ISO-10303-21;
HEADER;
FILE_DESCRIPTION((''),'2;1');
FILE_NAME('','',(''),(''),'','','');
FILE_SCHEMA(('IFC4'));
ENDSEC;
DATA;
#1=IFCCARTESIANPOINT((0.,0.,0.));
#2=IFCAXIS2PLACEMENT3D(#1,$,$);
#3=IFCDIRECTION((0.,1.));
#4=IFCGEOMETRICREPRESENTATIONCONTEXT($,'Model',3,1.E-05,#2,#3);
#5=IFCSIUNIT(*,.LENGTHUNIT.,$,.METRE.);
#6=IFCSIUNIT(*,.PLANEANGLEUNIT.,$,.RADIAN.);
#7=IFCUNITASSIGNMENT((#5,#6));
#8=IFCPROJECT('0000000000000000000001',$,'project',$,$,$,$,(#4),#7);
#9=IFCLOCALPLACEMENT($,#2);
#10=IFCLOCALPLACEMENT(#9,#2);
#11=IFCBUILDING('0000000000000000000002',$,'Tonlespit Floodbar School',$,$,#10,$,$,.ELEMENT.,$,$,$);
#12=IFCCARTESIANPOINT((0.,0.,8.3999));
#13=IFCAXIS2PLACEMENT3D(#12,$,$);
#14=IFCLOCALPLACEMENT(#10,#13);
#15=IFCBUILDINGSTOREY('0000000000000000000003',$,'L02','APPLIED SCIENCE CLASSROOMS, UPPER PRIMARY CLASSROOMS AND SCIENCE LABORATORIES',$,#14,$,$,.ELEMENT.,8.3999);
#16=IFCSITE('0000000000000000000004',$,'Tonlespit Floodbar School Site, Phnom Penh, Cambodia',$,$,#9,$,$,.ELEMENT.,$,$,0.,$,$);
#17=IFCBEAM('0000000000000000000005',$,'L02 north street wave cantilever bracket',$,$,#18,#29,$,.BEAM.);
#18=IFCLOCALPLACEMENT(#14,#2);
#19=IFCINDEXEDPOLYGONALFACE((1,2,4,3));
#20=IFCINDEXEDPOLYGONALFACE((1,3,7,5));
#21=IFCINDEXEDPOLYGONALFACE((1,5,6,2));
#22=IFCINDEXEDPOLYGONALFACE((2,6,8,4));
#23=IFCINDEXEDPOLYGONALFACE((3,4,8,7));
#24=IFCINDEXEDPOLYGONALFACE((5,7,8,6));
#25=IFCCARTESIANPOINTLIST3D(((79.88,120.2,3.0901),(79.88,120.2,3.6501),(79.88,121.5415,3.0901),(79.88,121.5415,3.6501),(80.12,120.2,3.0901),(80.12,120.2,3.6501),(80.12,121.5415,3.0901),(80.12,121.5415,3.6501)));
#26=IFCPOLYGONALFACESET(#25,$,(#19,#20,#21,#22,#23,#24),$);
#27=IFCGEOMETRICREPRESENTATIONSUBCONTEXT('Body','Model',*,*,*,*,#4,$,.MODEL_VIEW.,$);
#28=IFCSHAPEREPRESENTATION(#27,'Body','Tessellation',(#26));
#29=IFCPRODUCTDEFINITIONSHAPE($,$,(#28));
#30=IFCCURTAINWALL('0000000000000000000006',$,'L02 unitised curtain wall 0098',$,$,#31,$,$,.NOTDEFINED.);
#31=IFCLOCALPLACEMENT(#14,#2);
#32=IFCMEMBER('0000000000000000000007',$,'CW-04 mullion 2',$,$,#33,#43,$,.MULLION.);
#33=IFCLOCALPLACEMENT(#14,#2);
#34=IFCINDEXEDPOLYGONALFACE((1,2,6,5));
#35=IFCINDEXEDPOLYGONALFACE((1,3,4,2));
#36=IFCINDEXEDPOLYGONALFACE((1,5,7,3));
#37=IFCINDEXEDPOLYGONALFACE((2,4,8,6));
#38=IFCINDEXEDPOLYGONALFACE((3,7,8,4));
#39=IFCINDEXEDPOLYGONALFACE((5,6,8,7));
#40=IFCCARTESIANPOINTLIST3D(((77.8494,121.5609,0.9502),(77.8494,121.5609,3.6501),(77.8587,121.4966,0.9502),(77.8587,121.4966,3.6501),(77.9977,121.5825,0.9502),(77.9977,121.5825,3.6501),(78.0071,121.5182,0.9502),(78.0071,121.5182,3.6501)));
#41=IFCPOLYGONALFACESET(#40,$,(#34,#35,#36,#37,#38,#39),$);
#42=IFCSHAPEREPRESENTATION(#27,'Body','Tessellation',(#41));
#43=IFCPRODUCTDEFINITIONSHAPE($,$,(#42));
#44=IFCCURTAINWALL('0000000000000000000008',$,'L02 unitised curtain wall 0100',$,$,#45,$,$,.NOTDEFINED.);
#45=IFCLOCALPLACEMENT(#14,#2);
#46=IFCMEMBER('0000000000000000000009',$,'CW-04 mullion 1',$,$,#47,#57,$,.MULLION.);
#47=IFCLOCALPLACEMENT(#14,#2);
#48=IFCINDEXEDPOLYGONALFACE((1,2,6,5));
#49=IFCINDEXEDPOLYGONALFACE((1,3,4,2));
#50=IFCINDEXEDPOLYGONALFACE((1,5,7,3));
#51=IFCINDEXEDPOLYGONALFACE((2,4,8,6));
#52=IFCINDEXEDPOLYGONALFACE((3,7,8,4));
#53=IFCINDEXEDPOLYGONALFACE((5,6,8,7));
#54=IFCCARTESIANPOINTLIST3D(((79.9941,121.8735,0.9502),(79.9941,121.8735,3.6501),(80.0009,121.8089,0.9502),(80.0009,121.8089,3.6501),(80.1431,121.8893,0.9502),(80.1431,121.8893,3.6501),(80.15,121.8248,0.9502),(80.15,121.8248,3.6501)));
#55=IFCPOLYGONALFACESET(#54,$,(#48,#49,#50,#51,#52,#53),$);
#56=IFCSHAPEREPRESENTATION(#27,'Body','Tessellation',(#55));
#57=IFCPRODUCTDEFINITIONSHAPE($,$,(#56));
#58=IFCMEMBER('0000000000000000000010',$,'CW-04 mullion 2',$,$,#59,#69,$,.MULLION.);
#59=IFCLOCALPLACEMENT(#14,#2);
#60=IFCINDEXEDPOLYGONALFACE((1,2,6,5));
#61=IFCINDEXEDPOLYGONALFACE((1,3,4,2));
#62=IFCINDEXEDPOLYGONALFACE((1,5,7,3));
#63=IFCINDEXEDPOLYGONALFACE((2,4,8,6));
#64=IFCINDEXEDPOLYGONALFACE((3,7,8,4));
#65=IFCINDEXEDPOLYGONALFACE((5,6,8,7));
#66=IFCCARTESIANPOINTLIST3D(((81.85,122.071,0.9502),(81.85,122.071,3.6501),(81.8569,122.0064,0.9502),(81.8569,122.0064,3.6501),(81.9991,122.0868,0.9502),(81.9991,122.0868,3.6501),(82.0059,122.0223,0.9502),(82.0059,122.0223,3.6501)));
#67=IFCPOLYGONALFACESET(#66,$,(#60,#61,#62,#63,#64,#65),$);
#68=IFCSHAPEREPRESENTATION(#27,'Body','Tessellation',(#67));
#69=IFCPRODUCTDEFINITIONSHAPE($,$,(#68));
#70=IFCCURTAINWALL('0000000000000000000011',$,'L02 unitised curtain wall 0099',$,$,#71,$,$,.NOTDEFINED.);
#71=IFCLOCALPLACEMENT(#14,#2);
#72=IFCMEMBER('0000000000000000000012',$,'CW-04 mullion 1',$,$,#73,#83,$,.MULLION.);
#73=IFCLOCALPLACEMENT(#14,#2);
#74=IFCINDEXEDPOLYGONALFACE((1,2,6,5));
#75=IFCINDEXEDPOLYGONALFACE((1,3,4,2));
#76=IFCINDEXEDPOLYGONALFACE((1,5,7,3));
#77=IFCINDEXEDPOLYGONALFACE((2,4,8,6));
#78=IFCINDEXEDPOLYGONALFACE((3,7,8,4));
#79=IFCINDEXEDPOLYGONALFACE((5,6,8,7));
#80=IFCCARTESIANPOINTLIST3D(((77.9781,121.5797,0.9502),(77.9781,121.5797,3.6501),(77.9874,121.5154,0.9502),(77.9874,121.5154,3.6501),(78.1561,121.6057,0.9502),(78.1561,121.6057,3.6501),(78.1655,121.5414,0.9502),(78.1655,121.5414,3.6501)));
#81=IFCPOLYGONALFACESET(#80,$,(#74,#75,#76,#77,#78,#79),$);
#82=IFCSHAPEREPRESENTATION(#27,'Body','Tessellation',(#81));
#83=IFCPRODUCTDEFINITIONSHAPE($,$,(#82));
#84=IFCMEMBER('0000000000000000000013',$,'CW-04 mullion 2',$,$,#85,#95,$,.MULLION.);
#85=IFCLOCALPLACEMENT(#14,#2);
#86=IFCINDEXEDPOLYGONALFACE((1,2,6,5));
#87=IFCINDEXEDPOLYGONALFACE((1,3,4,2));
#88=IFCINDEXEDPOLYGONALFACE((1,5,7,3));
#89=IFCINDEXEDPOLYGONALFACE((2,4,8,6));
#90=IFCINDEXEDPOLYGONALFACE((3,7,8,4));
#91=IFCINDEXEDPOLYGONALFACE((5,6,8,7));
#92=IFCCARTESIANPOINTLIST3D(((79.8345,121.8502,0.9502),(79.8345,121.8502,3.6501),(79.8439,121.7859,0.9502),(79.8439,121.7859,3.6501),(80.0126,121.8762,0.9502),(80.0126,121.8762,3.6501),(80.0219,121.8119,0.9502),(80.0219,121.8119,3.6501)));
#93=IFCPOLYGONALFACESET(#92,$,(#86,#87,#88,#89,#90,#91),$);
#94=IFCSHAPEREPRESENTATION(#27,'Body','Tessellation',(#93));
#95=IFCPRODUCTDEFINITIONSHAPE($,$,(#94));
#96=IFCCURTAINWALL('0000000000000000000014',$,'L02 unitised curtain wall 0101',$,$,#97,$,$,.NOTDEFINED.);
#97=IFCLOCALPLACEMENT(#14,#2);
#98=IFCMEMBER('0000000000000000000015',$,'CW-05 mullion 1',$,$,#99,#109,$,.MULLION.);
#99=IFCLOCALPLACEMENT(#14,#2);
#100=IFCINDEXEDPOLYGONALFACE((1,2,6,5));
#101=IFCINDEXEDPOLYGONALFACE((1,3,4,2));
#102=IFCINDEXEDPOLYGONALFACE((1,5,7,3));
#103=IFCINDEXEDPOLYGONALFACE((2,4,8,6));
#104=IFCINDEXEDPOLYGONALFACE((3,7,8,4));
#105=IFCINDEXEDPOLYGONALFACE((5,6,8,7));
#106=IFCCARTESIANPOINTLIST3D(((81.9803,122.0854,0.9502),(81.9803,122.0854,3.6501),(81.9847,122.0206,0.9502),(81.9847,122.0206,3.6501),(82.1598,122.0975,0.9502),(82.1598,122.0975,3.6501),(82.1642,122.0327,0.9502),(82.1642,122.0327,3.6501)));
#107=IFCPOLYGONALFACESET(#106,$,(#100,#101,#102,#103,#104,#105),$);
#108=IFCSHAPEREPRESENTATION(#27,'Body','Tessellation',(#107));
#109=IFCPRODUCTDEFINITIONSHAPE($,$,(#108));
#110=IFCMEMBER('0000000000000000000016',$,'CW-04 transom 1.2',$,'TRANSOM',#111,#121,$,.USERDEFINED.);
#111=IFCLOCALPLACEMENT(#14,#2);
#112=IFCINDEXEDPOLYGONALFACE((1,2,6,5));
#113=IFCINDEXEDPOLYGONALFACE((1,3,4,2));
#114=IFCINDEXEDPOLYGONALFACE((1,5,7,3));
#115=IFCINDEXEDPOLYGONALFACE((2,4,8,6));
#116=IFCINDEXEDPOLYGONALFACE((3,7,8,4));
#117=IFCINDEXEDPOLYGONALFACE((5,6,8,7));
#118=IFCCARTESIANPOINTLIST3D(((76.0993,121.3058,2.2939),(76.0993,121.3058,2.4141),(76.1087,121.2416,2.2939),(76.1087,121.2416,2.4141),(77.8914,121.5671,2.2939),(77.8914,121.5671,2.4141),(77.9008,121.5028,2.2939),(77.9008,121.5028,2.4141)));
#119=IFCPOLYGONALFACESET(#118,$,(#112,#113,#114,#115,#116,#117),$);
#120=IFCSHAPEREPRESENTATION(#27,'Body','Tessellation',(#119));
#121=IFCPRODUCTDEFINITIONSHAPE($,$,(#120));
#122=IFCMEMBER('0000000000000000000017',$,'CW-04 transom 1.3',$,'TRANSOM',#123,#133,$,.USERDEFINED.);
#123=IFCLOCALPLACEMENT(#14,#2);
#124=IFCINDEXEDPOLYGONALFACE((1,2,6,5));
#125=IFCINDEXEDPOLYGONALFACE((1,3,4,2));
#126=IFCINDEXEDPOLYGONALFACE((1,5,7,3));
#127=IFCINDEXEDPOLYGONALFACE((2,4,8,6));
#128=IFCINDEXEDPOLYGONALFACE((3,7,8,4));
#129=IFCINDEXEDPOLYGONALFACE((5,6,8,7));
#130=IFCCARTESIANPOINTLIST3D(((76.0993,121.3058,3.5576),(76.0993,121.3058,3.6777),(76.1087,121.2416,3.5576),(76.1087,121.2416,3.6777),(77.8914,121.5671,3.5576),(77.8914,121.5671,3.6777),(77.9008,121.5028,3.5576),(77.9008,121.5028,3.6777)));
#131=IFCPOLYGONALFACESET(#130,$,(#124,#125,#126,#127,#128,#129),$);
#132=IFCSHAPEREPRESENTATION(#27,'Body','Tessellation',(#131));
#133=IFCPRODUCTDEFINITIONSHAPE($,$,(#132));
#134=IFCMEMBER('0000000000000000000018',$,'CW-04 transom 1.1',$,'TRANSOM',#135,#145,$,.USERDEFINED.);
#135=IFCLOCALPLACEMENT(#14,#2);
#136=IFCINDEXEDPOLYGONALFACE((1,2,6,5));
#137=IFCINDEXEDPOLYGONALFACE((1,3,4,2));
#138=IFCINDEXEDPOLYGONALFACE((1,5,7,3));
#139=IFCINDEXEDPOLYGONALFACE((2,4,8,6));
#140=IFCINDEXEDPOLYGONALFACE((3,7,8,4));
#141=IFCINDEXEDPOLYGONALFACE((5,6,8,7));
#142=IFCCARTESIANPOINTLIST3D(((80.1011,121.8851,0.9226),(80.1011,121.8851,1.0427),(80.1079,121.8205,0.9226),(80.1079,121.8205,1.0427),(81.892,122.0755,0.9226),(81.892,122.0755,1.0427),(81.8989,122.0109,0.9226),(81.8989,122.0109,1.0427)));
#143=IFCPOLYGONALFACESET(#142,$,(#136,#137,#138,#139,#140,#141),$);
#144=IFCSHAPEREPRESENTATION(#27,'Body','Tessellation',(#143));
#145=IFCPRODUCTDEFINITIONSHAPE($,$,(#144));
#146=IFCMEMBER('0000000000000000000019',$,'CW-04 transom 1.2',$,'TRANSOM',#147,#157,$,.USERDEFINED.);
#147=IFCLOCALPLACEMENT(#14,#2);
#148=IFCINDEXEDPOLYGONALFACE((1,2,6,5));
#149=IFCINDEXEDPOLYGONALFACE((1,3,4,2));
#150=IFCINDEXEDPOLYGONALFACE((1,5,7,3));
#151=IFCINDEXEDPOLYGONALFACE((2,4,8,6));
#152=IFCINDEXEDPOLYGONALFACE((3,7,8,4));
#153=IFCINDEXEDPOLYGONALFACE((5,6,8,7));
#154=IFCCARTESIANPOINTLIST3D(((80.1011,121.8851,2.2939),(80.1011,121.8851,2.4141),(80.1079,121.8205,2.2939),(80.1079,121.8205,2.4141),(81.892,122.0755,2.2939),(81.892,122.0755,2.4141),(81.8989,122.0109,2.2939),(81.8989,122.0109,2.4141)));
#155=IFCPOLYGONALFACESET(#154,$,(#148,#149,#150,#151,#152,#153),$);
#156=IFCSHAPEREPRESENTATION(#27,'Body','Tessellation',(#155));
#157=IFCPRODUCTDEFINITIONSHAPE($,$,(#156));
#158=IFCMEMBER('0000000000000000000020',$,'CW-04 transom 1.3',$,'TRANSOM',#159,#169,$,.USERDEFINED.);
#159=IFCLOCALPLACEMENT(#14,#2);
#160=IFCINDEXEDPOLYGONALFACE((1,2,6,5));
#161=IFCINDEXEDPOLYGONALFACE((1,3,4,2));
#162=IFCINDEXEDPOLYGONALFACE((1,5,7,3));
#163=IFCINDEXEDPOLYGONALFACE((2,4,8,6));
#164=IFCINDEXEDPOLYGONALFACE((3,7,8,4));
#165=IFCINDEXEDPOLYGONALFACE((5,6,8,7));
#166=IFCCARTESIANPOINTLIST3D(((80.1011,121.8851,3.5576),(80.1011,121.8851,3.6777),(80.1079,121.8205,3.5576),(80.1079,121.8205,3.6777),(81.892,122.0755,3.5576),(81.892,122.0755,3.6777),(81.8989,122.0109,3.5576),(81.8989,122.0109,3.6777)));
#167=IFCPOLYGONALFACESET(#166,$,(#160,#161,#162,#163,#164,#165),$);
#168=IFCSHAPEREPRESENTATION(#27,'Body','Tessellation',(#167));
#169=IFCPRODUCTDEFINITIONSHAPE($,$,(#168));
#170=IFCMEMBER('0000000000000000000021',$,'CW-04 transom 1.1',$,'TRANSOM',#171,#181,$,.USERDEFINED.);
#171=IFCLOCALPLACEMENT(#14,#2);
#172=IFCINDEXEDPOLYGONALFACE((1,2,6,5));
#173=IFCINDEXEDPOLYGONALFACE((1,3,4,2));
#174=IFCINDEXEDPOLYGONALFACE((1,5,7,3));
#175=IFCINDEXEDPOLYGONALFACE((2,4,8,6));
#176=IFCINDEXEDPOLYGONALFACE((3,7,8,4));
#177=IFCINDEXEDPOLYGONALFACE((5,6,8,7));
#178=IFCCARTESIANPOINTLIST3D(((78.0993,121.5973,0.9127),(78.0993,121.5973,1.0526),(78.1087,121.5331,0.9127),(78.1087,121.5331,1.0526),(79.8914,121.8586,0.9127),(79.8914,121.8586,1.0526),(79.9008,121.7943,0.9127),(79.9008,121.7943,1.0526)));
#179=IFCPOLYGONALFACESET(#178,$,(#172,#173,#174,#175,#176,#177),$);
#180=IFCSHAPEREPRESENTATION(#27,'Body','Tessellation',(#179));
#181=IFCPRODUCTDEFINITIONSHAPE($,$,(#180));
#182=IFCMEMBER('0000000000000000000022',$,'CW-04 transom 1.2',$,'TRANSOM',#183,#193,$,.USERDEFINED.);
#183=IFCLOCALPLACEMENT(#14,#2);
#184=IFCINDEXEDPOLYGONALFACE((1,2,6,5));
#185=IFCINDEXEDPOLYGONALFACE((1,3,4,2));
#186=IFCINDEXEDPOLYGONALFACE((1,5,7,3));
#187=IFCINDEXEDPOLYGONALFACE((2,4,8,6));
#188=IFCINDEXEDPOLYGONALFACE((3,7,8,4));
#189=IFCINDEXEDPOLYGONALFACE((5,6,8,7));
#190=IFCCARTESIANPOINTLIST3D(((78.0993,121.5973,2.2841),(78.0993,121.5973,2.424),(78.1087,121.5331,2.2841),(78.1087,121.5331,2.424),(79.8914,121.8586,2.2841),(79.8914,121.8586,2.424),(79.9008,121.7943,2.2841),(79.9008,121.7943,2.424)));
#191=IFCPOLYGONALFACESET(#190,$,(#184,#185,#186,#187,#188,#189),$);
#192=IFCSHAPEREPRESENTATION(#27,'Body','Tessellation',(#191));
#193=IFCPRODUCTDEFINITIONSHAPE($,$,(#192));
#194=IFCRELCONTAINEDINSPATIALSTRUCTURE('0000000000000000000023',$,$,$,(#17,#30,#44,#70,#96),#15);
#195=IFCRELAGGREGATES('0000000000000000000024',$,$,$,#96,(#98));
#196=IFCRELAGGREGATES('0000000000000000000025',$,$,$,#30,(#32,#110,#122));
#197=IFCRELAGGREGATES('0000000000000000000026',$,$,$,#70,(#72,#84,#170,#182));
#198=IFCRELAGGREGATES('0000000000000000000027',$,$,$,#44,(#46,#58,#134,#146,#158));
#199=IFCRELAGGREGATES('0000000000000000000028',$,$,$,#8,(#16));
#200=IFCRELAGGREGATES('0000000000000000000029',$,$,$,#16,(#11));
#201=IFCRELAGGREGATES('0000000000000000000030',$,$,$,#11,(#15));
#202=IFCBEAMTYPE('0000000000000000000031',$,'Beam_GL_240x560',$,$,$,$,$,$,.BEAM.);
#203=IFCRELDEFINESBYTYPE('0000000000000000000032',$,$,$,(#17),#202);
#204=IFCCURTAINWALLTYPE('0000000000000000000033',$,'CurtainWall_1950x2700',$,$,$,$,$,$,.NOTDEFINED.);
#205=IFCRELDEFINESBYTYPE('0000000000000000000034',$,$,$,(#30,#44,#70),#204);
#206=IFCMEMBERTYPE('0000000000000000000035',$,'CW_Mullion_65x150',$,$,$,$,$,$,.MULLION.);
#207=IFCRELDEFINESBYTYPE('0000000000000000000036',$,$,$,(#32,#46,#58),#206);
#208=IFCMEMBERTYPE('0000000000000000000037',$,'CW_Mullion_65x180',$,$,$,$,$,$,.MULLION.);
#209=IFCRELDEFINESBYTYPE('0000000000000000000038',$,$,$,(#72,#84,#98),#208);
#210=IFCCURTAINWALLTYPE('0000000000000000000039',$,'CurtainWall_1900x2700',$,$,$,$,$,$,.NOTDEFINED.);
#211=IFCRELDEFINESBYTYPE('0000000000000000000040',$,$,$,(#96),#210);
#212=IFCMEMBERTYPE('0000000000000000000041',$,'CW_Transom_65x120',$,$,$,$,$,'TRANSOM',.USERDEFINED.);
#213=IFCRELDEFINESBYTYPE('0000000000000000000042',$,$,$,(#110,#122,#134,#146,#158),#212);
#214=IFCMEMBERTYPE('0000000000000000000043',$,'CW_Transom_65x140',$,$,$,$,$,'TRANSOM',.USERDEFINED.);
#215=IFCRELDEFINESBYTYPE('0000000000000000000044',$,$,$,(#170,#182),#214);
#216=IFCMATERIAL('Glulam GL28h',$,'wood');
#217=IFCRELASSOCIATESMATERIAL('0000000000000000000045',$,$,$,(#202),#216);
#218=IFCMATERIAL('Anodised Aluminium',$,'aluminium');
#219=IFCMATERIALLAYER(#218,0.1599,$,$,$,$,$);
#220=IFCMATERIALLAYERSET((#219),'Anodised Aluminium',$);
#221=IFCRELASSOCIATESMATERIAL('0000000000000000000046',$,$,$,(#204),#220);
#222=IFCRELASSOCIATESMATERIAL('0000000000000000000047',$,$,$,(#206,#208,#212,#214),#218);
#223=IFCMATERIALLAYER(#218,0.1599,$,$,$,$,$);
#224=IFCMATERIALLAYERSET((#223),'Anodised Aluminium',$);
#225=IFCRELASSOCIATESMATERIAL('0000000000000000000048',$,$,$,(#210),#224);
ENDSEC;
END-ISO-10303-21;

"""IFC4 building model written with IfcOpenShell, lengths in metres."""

from ifc_helpers import new_model, si_unit, direction, frame, origin, origin_2d, place, context, subcontext, project, spatial, rectangle, extrude, material, layer, layer_set, material_profile, profile_set, type_object, element, aggregate, save


model = new_model("IFC4")

# Units and contexts
model_context = context("Model", 3, precision=1e-05, world=origin(), true_north=direction((0.0, 1.0)))
body_context = subcontext(model_context, "Body", "Model", "MODEL_VIEW")
ifc_project = project(units=[si_unit("LENGTHUNIT", "METRE"), si_unit("PLANEANGLEUNIT", "RADIAN")], contexts=[model_context])

# Site, building, storey
site_placement = place(None, origin())
site = spatial("IfcSite", under=ifc_project, at=site_placement, Name="Tonlespit Floodbar School Site, Phnom Penh, Cambodia", CompositionType="ELEMENT", RefElevation=0.0)
building_placement = place(site_placement, origin())
building = spatial("IfcBuilding", under=site, at=building_placement, Name="Tonlespit Floodbar School", CompositionType="ELEMENT")
storey_placement = place(building_placement, frame((0.0, 0.0, 8.3999)))
storey = spatial("IfcBuildingStorey", under=building, at=storey_placement, Name="L02", Description="APPLIED SCIENCE CLASSROOMS, UPPER PRIMARY CLASSROOMS AND SCIENCE LABORATORIES", CompositionType="ELEMENT", Elevation=8.3999)

# Beam
ifc_material_1 = material(Name="Glulam GL28h", Category="wood")
ifc_material_profile_1 = material_profile(ifc_material_1, rectangle(XDim=0.24, YDim=0.5601, at=origin_2d()), Name="GL 240x560")
ifc_profile_set_1 = profile_set([ifc_material_profile_1], Name="Glulam GL28h")
beam_type_1 = type_object("IfcBeamType", Name="Beam_GL_240x560", PredefinedType="BEAM", material=ifc_profile_set_1)
beam_1_placement = place(storey_placement, frame((80.0, 120.2, 3.3701), z_axis=(0.0, 1.0, 0.0), x_axis=(-1.0, 0.0, 0.0)))
element("IfcBeam", 1, at=beam_1_placement, inside=storey, type_object=beam_type_1, Name="L02 north street wave cantilever bracket", PredefinedType="BEAM", context=body_context, shape_type="SweptSolid", body=[
    extrude(rectangle(XDim=0.24, YDim=0.5601, at=origin_2d()), origin(), (0.0, 0.0, 1.0), 1.3416),
])

# Curtain wall, member
ifc_material_2 = material(Name="Anodised Aluminium", Category="aluminium")
ifc_layer_1 = layer(ifc_material_2, 0.1599)
ifc_layer_set_1 = layer_set([ifc_layer_1], Name="Anodised Aluminium")
curtain_wall_type_1 = type_object("IfcCurtainWallType", Name="CurtainWall_1950x2700", PredefinedType="NOTDEFINED", material=ifc_layer_set_1)
curtain_wall_1_placement = place(storey_placement, origin())
curtain_wall_1 = element("IfcCurtainWall", 2, at=curtain_wall_1_placement, inside=storey, type_object=curtain_wall_type_1, Name="L02 unitised curtain wall 0098", PredefinedType="NOTDEFINED")
ifc_material_profile_2 = material_profile(ifc_material_2, rectangle(XDim=0.0649, YDim=0.1499, at=origin_2d()), Name="ALU M65x150")
ifc_profile_set_2 = profile_set([ifc_material_profile_2], Name="Anodised Aluminium")
member_type_1 = type_object("IfcMemberType", Name="CW_Mullion_65x150", PredefinedType="MULLION", material=ifc_profile_set_2)
member_1_placement = place(storey_placement, frame((77.9282, 121.5396, 0.9502), z_axis=(0.0, 0.0, 1.0), x_axis=(-0.144248, 0.989542, 0.0)))
member_1 = element("IfcMember", 3, at=member_1_placement, type_object=member_type_1, Name="CW-04 mullion 2", PredefinedType="MULLION", context=body_context, shape_type="SweptSolid", body=[
    extrude(rectangle(XDim=0.0649, YDim=0.1499, at=origin_2d()), origin(), (0.0, 0.0, 1.0), 2.7),
])

# Curtain walls, members
curtain_wall_2_placement = place(storey_placement, origin())
curtain_wall_2 = element("IfcCurtainWall", 4, at=curtain_wall_2_placement, inside=storey, type_object=curtain_wall_type_1, Name="L02 unitised curtain wall 0100", PredefinedType="NOTDEFINED")
member_2_placement = place(storey_placement, frame((80.072, 121.8491, 0.9502), z_axis=(0.0, 0.0, 1.0), x_axis=(-0.105787, 0.994389, 0.0)))
member_2 = element("IfcMember", 5, at=member_2_placement, type_object=member_type_1, Name="CW-04 mullion 1", PredefinedType="MULLION", context=body_context, shape_type="SweptSolid", body=[
    extrude(rectangle(XDim=0.0649, YDim=0.1499, at=origin_2d()), origin(), (0.0, 0.0, 1.0), 2.7),
])
member_3_placement = place(storey_placement, frame((81.928, 122.0466, 0.9502), z_axis=(0.0, 0.0, 1.0), x_axis=(-0.105787, 0.994389, 0.0)))
member_3 = element("IfcMember", 6, at=member_3_placement, type_object=member_type_1, Name="CW-04 mullion 2", PredefinedType="MULLION", context=body_context, shape_type="SweptSolid", body=[
    extrude(rectangle(XDim=0.0649, YDim=0.1499, at=origin_2d()), origin(), (0.0, 0.0, 1.0), 2.7),
])
curtain_wall_3_placement = place(storey_placement, origin())
curtain_wall_3 = element("IfcCurtainWall", 7, at=curtain_wall_3_placement, inside=storey, type_object=curtain_wall_type_1, Name="L02 unitised curtain wall 0099", PredefinedType="NOTDEFINED")
ifc_material_profile_3 = material_profile(ifc_material_2, rectangle(XDim=0.0649, YDim=0.1799, at=origin_2d()), Name="ALU M65x180")
ifc_profile_set_3 = profile_set([ifc_material_profile_3], Name="Anodised Aluminium")
member_type_2 = type_object("IfcMemberType", Name="CW_Mullion_65x180", PredefinedType="MULLION", material=ifc_profile_set_3)
member_4_placement = place(storey_placement, frame((78.0718, 121.5605, 0.9502), z_axis=(0.0, 0.0, 1.0), x_axis=(-0.144248, 0.989542, 0.0)))
member_4 = element("IfcMember", 8, at=member_4_placement, type_object=member_type_2, Name="CW-04 mullion 1", PredefinedType="MULLION", context=body_context, shape_type="SweptSolid", body=[
    extrude(rectangle(XDim=0.0649, YDim=0.1799, at=origin_2d()), origin(), (0.0, 0.0, 1.0), 2.7),
])
member_5_placement = place(storey_placement, frame((79.9282, 121.8311, 0.9502), z_axis=(0.0, 0.0, 1.0), x_axis=(-0.144248, 0.989542, 0.0)))
member_5 = element("IfcMember", 9, at=member_5_placement, type_object=member_type_2, Name="CW-04 mullion 2", PredefinedType="MULLION", context=body_context, shape_type="SweptSolid", body=[
    extrude(rectangle(XDim=0.0649, YDim=0.1799, at=origin_2d()), origin(), (0.0, 0.0, 1.0), 2.7),
])

# Curtain wall, member
ifc_layer_2 = layer(ifc_material_2, 0.1599)
ifc_layer_set_2 = layer_set([ifc_layer_2], Name="Anodised Aluminium")
curtain_wall_type_2 = type_object("IfcCurtainWallType", Name="CurtainWall_1900x2700", PredefinedType="NOTDEFINED", material=ifc_layer_set_2)
curtain_wall_4_placement = place(storey_placement, origin())
curtain_wall_4 = element("IfcCurtainWall", 10, at=curtain_wall_4_placement, inside=storey, type_object=curtain_wall_type_2, Name="L02 unitised curtain wall 0101", PredefinedType="NOTDEFINED")
member_6_placement = place(storey_placement, frame((82.0723, 122.0591, 0.9502), z_axis=(0.0, 0.0, 1.0), x_axis=(-0.06734, 0.99773, 0.0)))
member_6 = element("IfcMember", 11, at=member_6_placement, type_object=member_type_2, Name="CW-05 mullion 1", PredefinedType="MULLION", context=body_context, shape_type="SweptSolid", body=[
    extrude(rectangle(XDim=0.0649, YDim=0.1799, at=origin_2d()), origin(), (0.0, 0.0, 1.0), 2.7),
])

# Members
ifc_material_profile_4 = material_profile(ifc_material_2, rectangle(XDim=0.0649, YDim=0.1201, at=origin_2d()), Name="ALU T65x120")
ifc_profile_set_4 = profile_set([ifc_material_profile_4], Name="Anodised Aluminium")
member_type_3 = type_object("IfcMemberType", Name="CW_Transom_65x120", ElementType="TRANSOM", PredefinedType="USERDEFINED", material=ifc_profile_set_4)
member_7_placement = place(storey_placement, frame((76.104, 121.2737, 2.354), z_axis=(0.989541, 0.144252, 0.0), x_axis=(-0.144252, 0.989541, 0.0)))
member_7 = element("IfcMember", 12, at=member_7_placement, type_object=member_type_3, Name="CW-04 transom 1.2", ObjectType="TRANSOM", PredefinedType="USERDEFINED", context=body_context, shape_type="SweptSolid", body=[
    extrude(rectangle(XDim=0.0649, YDim=0.1201, at=origin_2d()), origin(), (0.0, 0.0, 1.0), 1.811),
])
member_8_placement = place(storey_placement, frame((76.104, 121.2737, 3.6177), z_axis=(0.989541, 0.144252, 0.0), x_axis=(-0.144252, 0.989541, 0.0)))
member_8 = element("IfcMember", 13, at=member_8_placement, type_object=member_type_3, Name="CW-04 transom 1.3", ObjectType="TRANSOM", PredefinedType="USERDEFINED", context=body_context, shape_type="SweptSolid", body=[
    extrude(rectangle(XDim=0.0649, YDim=0.1201, at=origin_2d()), origin(), (0.0, 0.0, 1.0), 1.811),
])
member_9_placement = place(storey_placement, frame((80.1045, 121.8528, 0.9827), z_axis=(0.994395, 0.105729, 0.0), x_axis=(-0.105729, 0.994395, 0.0)))
member_9 = element("IfcMember", 14, at=member_9_placement, type_object=member_type_3, Name="CW-04 transom 1.1", ObjectType="TRANSOM", PredefinedType="USERDEFINED", context=body_context, shape_type="SweptSolid", body=[
    extrude(rectangle(XDim=0.0649, YDim=0.1201, at=origin_2d()), origin(), (0.0, 0.0, 1.0), 1.801),
])
member_10_placement = place(storey_placement, frame((80.1045, 121.8528, 2.354), z_axis=(0.994395, 0.105729, 0.0), x_axis=(-0.105729, 0.994395, 0.0)))
member_10 = element("IfcMember", 15, at=member_10_placement, type_object=member_type_3, Name="CW-04 transom 1.2", ObjectType="TRANSOM", PredefinedType="USERDEFINED", context=body_context, shape_type="SweptSolid", body=[
    extrude(rectangle(XDim=0.0649, YDim=0.1201, at=origin_2d()), origin(), (0.0, 0.0, 1.0), 1.801),
])
member_11_placement = place(storey_placement, frame((80.1045, 121.8528, 3.6177), z_axis=(0.994395, 0.105729, 0.0), x_axis=(-0.105729, 0.994395, 0.0)))
member_11 = element("IfcMember", 16, at=member_11_placement, type_object=member_type_3, Name="CW-04 transom 1.3", ObjectType="TRANSOM", PredefinedType="USERDEFINED", context=body_context, shape_type="SweptSolid", body=[
    extrude(rectangle(XDim=0.0649, YDim=0.1201, at=origin_2d()), origin(), (0.0, 0.0, 1.0), 1.801),
])
ifc_material_profile_5 = material_profile(ifc_material_2, rectangle(XDim=0.0649, YDim=0.1399, at=origin_2d()), Name="ALU T65x140")
ifc_profile_set_5 = profile_set([ifc_material_profile_5], Name="Anodised Aluminium")
member_type_4 = type_object("IfcMemberType", Name="CW_Transom_65x140", ElementType="TRANSOM", PredefinedType="USERDEFINED", material=ifc_profile_set_5)
member_12_placement = place(storey_placement, frame((78.104, 121.5652, 0.9827), z_axis=(0.989541, 0.144252, 0.0), x_axis=(-0.144252, 0.989541, 0.0)))
member_12 = element("IfcMember", 17, at=member_12_placement, type_object=member_type_4, Name="CW-04 transom 1.1", ObjectType="TRANSOM", PredefinedType="USERDEFINED", context=body_context, shape_type="SweptSolid", body=[
    extrude(rectangle(XDim=0.0649, YDim=0.1399, at=origin_2d()), origin(), (0.0, 0.0, 1.0), 1.811),
])
member_13_placement = place(storey_placement, frame((78.104, 121.5652, 2.354), z_axis=(0.989541, 0.144252, 0.0), x_axis=(-0.144252, 0.989541, 0.0)))
member_13 = element("IfcMember", 18, at=member_13_placement, type_object=member_type_4, Name="CW-04 transom 1.2", ObjectType="TRANSOM", PredefinedType="USERDEFINED", context=body_context, shape_type="SweptSolid", body=[
    extrude(rectangle(XDim=0.0649, YDim=0.1399, at=origin_2d()), origin(), (0.0, 0.0, 1.0), 1.811),
])
aggregate(curtain_wall_4, [member_6])

aggregate(curtain_wall_1, [member_1, member_7, member_8])
aggregate(curtain_wall_3, [member_4, member_5, member_12, member_13])
aggregate(curtain_wall_2, [member_2, member_3, member_9, member_10, member_11])

save(model, "model.ifc")
